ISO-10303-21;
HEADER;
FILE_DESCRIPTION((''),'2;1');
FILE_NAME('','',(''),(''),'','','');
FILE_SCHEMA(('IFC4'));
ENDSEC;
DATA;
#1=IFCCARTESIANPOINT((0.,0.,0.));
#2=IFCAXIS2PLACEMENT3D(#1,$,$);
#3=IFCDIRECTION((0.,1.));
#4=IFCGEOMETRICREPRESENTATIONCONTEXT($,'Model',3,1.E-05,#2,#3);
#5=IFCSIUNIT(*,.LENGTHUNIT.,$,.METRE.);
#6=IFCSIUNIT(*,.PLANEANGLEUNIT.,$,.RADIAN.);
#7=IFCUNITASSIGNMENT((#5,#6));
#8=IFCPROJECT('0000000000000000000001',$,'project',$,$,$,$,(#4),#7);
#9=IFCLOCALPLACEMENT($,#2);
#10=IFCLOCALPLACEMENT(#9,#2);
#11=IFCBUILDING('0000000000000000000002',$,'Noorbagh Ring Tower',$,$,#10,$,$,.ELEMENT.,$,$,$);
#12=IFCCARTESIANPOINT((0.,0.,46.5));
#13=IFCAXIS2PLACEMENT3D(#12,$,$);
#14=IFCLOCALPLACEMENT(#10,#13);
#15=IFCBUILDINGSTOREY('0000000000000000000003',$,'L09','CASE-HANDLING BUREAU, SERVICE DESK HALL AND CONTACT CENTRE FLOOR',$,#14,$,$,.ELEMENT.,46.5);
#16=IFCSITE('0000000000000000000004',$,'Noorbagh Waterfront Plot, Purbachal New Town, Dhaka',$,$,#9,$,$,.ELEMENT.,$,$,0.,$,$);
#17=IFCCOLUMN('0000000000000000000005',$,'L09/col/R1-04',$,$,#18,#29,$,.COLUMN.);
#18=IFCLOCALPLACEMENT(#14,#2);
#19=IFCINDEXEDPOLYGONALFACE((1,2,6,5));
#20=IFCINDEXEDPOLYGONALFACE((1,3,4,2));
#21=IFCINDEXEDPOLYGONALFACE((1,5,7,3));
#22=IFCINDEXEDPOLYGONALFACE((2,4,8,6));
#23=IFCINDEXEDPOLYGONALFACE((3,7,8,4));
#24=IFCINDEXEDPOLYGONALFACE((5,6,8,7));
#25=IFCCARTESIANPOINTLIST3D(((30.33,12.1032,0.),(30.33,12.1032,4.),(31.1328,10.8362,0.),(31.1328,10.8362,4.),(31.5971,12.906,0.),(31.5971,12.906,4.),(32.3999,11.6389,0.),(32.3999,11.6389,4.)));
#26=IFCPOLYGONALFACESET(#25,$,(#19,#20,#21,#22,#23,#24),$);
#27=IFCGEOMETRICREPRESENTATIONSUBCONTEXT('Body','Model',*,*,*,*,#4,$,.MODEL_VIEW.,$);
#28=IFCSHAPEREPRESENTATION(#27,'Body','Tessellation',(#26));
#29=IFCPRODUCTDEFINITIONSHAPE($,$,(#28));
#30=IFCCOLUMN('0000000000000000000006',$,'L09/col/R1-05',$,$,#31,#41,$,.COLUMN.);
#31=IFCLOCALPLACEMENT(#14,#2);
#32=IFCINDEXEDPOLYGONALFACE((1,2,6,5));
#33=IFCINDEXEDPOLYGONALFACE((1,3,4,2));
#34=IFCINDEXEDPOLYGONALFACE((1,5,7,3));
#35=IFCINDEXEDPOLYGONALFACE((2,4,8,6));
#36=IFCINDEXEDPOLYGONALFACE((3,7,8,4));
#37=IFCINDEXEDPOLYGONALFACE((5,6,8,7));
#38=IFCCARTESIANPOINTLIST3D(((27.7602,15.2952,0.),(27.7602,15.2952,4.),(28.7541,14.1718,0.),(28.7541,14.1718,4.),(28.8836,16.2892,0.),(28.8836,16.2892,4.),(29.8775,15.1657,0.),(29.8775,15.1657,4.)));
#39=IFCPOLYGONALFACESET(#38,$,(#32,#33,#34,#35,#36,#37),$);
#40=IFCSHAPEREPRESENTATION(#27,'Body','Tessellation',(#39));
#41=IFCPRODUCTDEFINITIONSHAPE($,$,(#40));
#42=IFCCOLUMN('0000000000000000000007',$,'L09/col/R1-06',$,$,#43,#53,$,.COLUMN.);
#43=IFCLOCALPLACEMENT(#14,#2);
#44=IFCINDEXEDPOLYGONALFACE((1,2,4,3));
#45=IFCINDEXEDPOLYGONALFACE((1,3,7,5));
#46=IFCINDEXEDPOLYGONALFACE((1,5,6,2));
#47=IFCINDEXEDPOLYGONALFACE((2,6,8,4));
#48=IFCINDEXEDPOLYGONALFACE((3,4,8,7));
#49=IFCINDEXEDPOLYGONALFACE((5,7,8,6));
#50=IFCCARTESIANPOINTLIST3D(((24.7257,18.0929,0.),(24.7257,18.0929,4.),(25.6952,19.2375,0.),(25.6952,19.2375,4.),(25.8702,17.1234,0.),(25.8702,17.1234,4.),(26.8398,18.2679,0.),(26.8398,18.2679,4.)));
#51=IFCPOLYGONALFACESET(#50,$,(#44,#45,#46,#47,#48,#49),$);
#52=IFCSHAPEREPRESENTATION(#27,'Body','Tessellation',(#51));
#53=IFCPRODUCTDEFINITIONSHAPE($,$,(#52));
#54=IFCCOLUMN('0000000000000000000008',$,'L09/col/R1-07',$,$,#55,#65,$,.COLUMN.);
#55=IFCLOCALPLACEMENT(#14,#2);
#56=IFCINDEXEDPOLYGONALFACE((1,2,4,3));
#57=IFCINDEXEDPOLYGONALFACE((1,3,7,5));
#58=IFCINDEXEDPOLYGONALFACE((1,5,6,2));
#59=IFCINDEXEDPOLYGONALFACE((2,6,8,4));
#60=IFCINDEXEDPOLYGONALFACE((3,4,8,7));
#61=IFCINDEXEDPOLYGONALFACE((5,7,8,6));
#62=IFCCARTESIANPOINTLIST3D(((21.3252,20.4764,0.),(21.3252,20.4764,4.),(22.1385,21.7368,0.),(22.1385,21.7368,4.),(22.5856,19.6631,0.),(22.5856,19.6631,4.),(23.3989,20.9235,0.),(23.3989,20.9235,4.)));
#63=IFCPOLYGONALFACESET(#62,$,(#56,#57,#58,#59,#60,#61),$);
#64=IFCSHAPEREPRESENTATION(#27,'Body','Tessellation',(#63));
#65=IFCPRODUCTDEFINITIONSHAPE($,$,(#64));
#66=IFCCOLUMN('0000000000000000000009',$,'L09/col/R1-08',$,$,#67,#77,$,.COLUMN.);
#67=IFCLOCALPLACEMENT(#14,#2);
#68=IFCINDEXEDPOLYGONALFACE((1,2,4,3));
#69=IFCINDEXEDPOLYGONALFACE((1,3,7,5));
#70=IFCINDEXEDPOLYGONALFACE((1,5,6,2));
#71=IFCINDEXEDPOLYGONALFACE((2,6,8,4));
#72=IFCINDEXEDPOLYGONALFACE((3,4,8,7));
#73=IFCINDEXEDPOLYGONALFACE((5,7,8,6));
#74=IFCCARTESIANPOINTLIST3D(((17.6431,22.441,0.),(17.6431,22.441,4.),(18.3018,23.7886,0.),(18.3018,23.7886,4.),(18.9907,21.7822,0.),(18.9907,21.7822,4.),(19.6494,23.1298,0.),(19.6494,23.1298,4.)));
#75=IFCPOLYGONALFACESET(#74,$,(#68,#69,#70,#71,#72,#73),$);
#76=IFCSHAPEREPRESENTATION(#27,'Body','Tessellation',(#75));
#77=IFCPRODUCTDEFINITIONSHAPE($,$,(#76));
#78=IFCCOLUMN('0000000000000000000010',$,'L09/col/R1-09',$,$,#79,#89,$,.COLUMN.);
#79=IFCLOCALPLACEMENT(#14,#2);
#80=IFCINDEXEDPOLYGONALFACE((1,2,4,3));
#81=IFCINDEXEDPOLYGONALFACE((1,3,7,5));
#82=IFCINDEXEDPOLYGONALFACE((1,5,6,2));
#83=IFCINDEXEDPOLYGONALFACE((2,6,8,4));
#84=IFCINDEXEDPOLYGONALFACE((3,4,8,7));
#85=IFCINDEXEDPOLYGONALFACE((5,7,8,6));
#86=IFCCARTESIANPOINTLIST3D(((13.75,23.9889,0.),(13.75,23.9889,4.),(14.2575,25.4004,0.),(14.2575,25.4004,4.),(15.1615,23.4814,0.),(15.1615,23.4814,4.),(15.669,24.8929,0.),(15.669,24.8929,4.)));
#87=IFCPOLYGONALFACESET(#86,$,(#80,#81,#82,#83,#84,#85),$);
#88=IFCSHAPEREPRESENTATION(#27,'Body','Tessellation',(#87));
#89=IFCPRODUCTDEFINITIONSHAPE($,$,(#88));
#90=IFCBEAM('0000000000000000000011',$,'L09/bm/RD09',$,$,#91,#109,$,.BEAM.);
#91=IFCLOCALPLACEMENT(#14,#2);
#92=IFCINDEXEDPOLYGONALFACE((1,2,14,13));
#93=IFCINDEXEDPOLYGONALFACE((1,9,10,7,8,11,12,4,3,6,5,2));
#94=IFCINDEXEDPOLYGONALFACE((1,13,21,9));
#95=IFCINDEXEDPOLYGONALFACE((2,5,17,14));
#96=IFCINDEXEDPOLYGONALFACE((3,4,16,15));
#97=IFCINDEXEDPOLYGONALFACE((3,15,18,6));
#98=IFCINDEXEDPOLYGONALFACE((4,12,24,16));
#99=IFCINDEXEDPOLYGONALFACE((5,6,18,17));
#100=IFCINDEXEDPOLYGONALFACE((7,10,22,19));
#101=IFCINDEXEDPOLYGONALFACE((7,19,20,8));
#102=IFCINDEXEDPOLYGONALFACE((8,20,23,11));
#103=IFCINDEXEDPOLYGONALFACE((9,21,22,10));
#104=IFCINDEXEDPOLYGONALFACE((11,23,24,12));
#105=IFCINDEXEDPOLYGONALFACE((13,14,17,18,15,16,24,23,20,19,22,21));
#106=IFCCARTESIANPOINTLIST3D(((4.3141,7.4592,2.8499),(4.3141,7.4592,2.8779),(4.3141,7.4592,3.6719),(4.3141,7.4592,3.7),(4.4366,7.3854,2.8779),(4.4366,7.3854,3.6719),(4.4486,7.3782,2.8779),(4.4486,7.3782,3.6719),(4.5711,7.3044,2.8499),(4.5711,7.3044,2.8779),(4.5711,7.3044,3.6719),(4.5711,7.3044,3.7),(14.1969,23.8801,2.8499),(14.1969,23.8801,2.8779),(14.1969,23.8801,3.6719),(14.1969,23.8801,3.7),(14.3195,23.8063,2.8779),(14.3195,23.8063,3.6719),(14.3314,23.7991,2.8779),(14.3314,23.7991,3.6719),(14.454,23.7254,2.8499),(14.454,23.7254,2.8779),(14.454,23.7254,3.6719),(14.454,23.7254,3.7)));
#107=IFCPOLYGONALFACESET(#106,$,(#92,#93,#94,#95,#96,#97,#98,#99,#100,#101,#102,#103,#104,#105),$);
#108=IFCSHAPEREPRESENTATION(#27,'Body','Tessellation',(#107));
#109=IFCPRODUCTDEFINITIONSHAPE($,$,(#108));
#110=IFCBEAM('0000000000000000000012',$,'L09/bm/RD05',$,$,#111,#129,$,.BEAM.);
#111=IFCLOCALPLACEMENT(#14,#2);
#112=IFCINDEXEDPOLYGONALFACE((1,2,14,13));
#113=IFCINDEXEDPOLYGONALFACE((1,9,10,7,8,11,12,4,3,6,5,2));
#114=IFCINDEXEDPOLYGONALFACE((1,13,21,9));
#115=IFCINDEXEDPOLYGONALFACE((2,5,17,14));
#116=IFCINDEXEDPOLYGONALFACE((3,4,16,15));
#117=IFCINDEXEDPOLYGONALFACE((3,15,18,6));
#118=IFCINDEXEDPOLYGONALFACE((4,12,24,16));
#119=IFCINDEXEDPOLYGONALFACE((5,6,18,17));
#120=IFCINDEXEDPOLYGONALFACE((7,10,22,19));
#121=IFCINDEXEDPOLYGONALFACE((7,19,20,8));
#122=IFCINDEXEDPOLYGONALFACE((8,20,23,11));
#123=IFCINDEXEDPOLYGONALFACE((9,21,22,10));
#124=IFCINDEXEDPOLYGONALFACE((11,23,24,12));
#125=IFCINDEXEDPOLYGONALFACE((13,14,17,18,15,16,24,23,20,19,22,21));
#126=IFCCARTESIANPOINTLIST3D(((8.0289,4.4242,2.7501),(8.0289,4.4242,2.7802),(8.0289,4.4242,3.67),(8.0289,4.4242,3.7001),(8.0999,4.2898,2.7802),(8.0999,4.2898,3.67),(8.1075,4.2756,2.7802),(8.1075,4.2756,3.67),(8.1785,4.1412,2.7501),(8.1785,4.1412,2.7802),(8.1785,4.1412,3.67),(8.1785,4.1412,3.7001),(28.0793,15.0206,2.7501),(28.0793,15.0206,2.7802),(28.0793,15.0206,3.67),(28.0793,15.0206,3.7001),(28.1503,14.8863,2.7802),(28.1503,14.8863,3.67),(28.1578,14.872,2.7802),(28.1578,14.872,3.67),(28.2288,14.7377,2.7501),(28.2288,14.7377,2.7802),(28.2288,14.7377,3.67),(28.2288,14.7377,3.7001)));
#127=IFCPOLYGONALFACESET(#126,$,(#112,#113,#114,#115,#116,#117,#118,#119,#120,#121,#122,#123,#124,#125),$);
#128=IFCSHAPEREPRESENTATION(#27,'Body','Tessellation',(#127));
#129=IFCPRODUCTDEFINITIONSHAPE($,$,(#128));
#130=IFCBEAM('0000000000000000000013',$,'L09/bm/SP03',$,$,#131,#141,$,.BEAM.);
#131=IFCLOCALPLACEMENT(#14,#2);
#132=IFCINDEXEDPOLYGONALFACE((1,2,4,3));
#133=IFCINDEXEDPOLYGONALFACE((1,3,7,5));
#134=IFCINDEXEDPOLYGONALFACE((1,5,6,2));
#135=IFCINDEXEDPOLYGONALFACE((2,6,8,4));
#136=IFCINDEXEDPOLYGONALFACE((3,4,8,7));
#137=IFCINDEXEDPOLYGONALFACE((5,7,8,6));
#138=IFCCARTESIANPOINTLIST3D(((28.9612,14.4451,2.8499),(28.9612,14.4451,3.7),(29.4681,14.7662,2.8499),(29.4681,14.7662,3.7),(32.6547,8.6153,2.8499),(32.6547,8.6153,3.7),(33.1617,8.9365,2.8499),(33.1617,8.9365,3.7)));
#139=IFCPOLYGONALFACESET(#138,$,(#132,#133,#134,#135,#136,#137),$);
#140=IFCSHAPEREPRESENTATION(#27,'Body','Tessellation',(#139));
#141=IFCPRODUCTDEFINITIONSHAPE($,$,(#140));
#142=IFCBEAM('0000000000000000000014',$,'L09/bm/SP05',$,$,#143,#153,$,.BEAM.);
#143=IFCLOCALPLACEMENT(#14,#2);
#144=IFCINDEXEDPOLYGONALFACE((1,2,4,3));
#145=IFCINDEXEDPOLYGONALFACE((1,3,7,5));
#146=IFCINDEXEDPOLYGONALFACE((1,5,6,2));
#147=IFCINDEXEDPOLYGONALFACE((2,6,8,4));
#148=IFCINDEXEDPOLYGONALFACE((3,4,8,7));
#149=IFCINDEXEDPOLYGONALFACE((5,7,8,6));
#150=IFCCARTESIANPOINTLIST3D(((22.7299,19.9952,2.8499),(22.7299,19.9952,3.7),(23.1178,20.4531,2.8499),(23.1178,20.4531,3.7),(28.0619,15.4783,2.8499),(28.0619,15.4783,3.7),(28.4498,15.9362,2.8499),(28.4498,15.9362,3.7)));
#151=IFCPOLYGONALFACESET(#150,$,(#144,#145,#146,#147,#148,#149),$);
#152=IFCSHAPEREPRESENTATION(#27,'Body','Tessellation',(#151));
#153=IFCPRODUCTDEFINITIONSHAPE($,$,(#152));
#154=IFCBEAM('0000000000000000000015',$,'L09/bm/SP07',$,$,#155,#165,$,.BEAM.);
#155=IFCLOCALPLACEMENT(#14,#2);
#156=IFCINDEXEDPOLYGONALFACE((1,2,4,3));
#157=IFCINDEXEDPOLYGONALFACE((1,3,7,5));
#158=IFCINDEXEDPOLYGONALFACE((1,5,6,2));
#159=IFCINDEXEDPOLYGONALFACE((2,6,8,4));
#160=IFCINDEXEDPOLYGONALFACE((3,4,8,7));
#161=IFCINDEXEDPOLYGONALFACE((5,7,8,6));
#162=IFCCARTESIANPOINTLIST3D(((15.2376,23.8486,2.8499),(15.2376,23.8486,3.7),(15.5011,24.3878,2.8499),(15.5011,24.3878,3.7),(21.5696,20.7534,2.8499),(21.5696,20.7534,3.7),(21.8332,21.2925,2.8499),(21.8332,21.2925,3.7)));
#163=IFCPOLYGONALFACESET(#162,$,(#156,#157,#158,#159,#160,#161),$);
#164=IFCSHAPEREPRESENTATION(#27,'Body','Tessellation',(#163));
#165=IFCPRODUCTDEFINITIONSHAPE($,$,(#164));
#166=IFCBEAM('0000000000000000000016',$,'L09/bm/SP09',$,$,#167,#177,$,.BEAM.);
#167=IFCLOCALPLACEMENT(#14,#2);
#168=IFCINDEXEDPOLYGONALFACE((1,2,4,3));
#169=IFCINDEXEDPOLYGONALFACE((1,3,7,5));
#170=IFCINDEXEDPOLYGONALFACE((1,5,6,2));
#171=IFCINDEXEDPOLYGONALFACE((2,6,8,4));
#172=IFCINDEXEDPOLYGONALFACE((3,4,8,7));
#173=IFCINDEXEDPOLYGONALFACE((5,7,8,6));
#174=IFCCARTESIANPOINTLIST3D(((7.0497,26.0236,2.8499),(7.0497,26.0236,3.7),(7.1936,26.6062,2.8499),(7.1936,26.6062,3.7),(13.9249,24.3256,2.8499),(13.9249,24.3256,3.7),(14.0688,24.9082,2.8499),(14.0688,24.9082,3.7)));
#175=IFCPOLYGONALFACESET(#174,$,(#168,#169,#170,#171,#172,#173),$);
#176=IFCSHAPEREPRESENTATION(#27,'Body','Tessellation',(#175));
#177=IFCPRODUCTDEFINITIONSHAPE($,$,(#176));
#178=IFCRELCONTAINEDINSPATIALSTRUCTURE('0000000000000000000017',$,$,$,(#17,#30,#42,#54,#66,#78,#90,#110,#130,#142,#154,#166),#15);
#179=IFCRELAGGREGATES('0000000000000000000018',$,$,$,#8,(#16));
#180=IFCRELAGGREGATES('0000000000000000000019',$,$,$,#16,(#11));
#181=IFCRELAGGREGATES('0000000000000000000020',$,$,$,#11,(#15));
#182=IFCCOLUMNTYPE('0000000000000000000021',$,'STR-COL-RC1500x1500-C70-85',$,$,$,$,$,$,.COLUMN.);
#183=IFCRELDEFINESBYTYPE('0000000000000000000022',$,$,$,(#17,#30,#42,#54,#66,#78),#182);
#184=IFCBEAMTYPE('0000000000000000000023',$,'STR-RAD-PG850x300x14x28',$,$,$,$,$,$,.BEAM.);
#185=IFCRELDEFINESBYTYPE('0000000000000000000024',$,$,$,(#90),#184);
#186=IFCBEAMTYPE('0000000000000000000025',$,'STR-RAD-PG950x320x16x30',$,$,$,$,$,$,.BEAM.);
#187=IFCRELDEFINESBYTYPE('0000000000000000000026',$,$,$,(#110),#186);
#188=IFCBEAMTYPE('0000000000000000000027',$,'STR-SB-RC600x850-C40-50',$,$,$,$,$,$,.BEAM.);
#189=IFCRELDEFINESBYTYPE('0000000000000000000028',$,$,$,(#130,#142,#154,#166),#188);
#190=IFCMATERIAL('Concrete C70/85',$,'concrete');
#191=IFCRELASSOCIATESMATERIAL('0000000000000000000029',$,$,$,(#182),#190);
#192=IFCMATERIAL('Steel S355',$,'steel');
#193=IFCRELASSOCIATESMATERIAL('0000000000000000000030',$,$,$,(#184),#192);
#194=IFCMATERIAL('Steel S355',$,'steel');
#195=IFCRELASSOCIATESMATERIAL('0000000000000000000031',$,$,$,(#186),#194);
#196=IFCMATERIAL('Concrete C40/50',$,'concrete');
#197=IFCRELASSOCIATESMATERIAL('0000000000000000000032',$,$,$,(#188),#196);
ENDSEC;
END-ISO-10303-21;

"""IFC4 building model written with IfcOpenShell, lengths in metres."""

from ifc_helpers import new_model, si_unit, direction, frame, origin, origin_2d, place, context, subcontext, project, spatial, rectangle, i_section, extrude, material, material_profile, profile_set, type_object, element, save


model = new_model("IFC4")

# Units and contexts
model_context = context("Model", 3, precision=1e-05, world=origin(), true_north=direction((0.0, 1.0)))
body_context = subcontext(model_context, "Body", "Model", "MODEL_VIEW")
ifc_project = project(units=[si_unit("LENGTHUNIT", "METRE"), si_unit("PLANEANGLEUNIT", "RADIAN")], contexts=[model_context])

# Site, building, storey
site_placement = place(None, origin())
site = spatial("IfcSite", under=ifc_project, at=site_placement, Name="Noorbagh Waterfront Plot, Purbachal New Town, Dhaka", CompositionType="ELEMENT", RefElevation=0.0)
building_placement = place(site_placement, origin())
building = spatial("IfcBuilding", under=site, at=building_placement, Name="Noorbagh Ring Tower", CompositionType="ELEMENT")
storey_placement = place(building_placement, frame((0.0, 0.0, 46.5)))
storey = spatial("IfcBuildingStorey", under=building, at=storey_placement, Name="L09", Description="CASE-HANDLING BUREAU, SERVICE DESK HALL AND CONTACT CENTRE FLOOR", CompositionType="ELEMENT", Elevation=46.5)

# Columns
ifc_material_1 = material(Name="Concrete C70/85", Category="concrete")
ifc_material_profile_1 = material_profile(ifc_material_1, rectangle(XDim=1.5, YDim=1.5, at=origin_2d()), Name="RC1500x1500")
ifc_profile_set_1 = profile_set([ifc_material_profile_1], Name="Concrete C70/85")
column_type = type_object("IfcColumnType", Name="STR-COL-RC1500x1500-C70-85", PredefinedType="COLUMN", material=ifc_profile_set_1)
for number, where, z_axis, x_axis, name in (
    (1, (31.365, 11.8711, 0.0), (0.0, 0.0, 1.0), (-0.53519, 0.844731, 0.0), "L09/col/R1-04"),
    (2, (28.8188, 15.2305, 0.0), (0.0, 0.0, 1.0), (-0.662636, 0.748942, 0.0), "L09/col/R1-05"),
    (3, (25.7827, 18.1804, 0.0), (0.0, 0.0, 1.0), (-0.763035, 0.646357, 0.0), "L09/col/R1-06"),
    (4, (22.3621, 20.7, 0.0), (0.0, 0.0, 1.0), (-0.840248, 0.542203, 0.0), "L09/col/R1-07"),
    (5, (18.6462, 22.7854, 0.0), (0.0, 0.0, 1.0), (-0.898399, 0.43918, 0.0), "L09/col/R1-08"),
    (6, (14.7095, 24.4409, 0.0), (0.0, 0.0, 1.0), (-0.941025, 0.338338, 0.0), "L09/col/R1-09"),
):
    element("IfcColumn", number, at=place(storey_placement, frame(where, z_axis=z_axis, x_axis=x_axis)), inside=storey, type_object=column_type, Name=name, PredefinedType="COLUMN", context=body_context, shape_type="SweptSolid", body=[
        extrude(rectangle(XDim=1.5, YDim=1.5, at=origin_2d()), origin(), (0.0, 0.0, 1.0), 4.0),
    ])

# Beams
ifc_material_2 = material(Name="Steel S355", Category="steel")
ifc_material_profile_2 = material_profile(ifc_material_2, i_section(OverallWidth=0.3, OverallDepth=0.8501, WebThickness=0.0139, FlangeThickness=0.0281, at=origin_2d()), Name="PG850x300x14x28")
ifc_profile_set_2 = profile_set([ifc_material_profile_2], Name="Steel S355")
beam_type_1 = type_object("IfcBeamType", Name="STR-RAD-PG850x300x14x28", PredefinedType="BEAM", material=ifc_profile_set_2)
beam_1_placement = place(storey_placement, frame((14.3254, 23.8027, 3.2749), z_axis=(-0.515657, -0.856795, 0.0), x_axis=(0.856795, -0.515657, 0.0)))
element("IfcBeam", 7, at=beam_1_placement, inside=storey, type_object=beam_type_1, Name="L09/bm/RD09", PredefinedType="BEAM", context=body_context, shape_type="SweptSolid", body=[
    extrude(i_section(OverallWidth=0.3, OverallDepth=0.8501, WebThickness=0.0139, FlangeThickness=0.0281, at=origin_2d()), origin(), (0.0, 0.0, 1.0), 19.1655),
])
ifc_material_3 = material(Name="Steel S355", Category="steel")
ifc_material_profile_3 = material_profile(ifc_material_3, i_section(OverallWidth=0.3201, OverallDepth=0.95, WebThickness=0.0161, FlangeThickness=0.03, at=origin_2d()), Name="PG950x320x16x30")
ifc_profile_set_3 = profile_set([ifc_material_profile_3], Name="Steel S355")
beam_type_2 = type_object("IfcBeamType", Name="STR-RAD-PG950x320x16x30", PredefinedType="BEAM", material=ifc_profile_set_3)
beam_2_placement = place(storey_placement, frame((28.1541, 14.8792, 3.2251), z_axis=(-0.884124, -0.467253, 0.0), x_axis=(0.467253, -0.884124, 0.0)))
element("IfcBeam", 8, at=beam_2_placement, inside=storey, type_object=beam_type_2, Name="L09/bm/RD05", PredefinedType="BEAM", context=body_context, shape_type="SweptSolid", body=[
    extrude(i_section(OverallWidth=0.3201, OverallDepth=0.95, WebThickness=0.0161, FlangeThickness=0.03, at=origin_2d()), origin(), (0.0, 0.0, 1.0), 22.6782),
])
ifc_material_4 = material(Name="Concrete C40/50", Category="concrete")
ifc_material_profile_4 = material_profile(ifc_material_4, rectangle(XDim=0.6001, YDim=0.8501, at=origin_2d()), Name="RC600x850")
ifc_profile_set_4 = profile_set([ifc_material_profile_4], Name="Concrete C40/50")
beam_type_3 = type_object("IfcBeamType", Name="STR-SB-RC600x850-C40-50", PredefinedType="BEAM", material=ifc_profile_set_4)
beam_3_placement = place(storey_placement, frame((32.9082, 8.7759, 3.2749), z_axis=(-0.535194, 0.844729, 0.0), x_axis=(-0.844729, -0.535194, 0.0)))
element("IfcBeam", 9, at=beam_3_placement, inside=storey, type_object=beam_type_3, Name="L09/bm/SP03", PredefinedType="BEAM", context=body_context, shape_type="SweptSolid", body=[
    extrude(rectangle(XDim=0.6001, YDim=0.8501, at=origin_2d()), origin(), (0.0, 0.0, 1.0), 6.9014),
])
beam_4_placement = place(storey_placement, frame((28.2559, 15.7073, 3.2749), z_axis=(-0.763024, 0.64637, 0.0), x_axis=(-0.64637, -0.763024, 0.0)))
element("IfcBeam", 10, at=beam_4_placement, inside=storey, type_object=beam_type_3, Name="L09/bm/SP05", PredefinedType="BEAM", context=body_context, shape_type="SweptSolid", body=[
    extrude(rectangle(XDim=0.6001, YDim=0.8501, at=origin_2d()), origin(), (0.0, 0.0, 1.0), 6.988),
])
beam_5_placement = place(storey_placement, frame((21.7014, 21.0229, 3.2749), z_axis=(-0.898409, 0.439159, 0.0), x_axis=(-0.439159, -0.898409, 0.0)))
element("IfcBeam", 11, at=beam_5_placement, inside=storey, type_object=beam_type_3, Name="L09/bm/SP07", PredefinedType="BEAM", context=body_context, shape_type="SweptSolid", body=[
    extrude(rectangle(XDim=0.6001, YDim=0.8501, at=origin_2d()), origin(), (0.0, 0.0, 1.0), 7.0481),
])
beam_6_placement = place(storey_placement, frame((13.9968, 24.6169, 3.2749), z_axis=(-0.97083, 0.239769, 0.0), x_axis=(-0.239769, -0.97083, 0.0)))
element("IfcBeam", 12, at=beam_6_placement, inside=storey, type_object=beam_type_3, Name="L09/bm/SP09", PredefinedType="BEAM", context=body_context, shape_type="SweptSolid", body=[
    extrude(rectangle(XDim=0.6001, YDim=0.8501, at=origin_2d()), origin(), (0.0, 0.0, 1.0), 7.0818),
])

save(model, "model.ifc")
